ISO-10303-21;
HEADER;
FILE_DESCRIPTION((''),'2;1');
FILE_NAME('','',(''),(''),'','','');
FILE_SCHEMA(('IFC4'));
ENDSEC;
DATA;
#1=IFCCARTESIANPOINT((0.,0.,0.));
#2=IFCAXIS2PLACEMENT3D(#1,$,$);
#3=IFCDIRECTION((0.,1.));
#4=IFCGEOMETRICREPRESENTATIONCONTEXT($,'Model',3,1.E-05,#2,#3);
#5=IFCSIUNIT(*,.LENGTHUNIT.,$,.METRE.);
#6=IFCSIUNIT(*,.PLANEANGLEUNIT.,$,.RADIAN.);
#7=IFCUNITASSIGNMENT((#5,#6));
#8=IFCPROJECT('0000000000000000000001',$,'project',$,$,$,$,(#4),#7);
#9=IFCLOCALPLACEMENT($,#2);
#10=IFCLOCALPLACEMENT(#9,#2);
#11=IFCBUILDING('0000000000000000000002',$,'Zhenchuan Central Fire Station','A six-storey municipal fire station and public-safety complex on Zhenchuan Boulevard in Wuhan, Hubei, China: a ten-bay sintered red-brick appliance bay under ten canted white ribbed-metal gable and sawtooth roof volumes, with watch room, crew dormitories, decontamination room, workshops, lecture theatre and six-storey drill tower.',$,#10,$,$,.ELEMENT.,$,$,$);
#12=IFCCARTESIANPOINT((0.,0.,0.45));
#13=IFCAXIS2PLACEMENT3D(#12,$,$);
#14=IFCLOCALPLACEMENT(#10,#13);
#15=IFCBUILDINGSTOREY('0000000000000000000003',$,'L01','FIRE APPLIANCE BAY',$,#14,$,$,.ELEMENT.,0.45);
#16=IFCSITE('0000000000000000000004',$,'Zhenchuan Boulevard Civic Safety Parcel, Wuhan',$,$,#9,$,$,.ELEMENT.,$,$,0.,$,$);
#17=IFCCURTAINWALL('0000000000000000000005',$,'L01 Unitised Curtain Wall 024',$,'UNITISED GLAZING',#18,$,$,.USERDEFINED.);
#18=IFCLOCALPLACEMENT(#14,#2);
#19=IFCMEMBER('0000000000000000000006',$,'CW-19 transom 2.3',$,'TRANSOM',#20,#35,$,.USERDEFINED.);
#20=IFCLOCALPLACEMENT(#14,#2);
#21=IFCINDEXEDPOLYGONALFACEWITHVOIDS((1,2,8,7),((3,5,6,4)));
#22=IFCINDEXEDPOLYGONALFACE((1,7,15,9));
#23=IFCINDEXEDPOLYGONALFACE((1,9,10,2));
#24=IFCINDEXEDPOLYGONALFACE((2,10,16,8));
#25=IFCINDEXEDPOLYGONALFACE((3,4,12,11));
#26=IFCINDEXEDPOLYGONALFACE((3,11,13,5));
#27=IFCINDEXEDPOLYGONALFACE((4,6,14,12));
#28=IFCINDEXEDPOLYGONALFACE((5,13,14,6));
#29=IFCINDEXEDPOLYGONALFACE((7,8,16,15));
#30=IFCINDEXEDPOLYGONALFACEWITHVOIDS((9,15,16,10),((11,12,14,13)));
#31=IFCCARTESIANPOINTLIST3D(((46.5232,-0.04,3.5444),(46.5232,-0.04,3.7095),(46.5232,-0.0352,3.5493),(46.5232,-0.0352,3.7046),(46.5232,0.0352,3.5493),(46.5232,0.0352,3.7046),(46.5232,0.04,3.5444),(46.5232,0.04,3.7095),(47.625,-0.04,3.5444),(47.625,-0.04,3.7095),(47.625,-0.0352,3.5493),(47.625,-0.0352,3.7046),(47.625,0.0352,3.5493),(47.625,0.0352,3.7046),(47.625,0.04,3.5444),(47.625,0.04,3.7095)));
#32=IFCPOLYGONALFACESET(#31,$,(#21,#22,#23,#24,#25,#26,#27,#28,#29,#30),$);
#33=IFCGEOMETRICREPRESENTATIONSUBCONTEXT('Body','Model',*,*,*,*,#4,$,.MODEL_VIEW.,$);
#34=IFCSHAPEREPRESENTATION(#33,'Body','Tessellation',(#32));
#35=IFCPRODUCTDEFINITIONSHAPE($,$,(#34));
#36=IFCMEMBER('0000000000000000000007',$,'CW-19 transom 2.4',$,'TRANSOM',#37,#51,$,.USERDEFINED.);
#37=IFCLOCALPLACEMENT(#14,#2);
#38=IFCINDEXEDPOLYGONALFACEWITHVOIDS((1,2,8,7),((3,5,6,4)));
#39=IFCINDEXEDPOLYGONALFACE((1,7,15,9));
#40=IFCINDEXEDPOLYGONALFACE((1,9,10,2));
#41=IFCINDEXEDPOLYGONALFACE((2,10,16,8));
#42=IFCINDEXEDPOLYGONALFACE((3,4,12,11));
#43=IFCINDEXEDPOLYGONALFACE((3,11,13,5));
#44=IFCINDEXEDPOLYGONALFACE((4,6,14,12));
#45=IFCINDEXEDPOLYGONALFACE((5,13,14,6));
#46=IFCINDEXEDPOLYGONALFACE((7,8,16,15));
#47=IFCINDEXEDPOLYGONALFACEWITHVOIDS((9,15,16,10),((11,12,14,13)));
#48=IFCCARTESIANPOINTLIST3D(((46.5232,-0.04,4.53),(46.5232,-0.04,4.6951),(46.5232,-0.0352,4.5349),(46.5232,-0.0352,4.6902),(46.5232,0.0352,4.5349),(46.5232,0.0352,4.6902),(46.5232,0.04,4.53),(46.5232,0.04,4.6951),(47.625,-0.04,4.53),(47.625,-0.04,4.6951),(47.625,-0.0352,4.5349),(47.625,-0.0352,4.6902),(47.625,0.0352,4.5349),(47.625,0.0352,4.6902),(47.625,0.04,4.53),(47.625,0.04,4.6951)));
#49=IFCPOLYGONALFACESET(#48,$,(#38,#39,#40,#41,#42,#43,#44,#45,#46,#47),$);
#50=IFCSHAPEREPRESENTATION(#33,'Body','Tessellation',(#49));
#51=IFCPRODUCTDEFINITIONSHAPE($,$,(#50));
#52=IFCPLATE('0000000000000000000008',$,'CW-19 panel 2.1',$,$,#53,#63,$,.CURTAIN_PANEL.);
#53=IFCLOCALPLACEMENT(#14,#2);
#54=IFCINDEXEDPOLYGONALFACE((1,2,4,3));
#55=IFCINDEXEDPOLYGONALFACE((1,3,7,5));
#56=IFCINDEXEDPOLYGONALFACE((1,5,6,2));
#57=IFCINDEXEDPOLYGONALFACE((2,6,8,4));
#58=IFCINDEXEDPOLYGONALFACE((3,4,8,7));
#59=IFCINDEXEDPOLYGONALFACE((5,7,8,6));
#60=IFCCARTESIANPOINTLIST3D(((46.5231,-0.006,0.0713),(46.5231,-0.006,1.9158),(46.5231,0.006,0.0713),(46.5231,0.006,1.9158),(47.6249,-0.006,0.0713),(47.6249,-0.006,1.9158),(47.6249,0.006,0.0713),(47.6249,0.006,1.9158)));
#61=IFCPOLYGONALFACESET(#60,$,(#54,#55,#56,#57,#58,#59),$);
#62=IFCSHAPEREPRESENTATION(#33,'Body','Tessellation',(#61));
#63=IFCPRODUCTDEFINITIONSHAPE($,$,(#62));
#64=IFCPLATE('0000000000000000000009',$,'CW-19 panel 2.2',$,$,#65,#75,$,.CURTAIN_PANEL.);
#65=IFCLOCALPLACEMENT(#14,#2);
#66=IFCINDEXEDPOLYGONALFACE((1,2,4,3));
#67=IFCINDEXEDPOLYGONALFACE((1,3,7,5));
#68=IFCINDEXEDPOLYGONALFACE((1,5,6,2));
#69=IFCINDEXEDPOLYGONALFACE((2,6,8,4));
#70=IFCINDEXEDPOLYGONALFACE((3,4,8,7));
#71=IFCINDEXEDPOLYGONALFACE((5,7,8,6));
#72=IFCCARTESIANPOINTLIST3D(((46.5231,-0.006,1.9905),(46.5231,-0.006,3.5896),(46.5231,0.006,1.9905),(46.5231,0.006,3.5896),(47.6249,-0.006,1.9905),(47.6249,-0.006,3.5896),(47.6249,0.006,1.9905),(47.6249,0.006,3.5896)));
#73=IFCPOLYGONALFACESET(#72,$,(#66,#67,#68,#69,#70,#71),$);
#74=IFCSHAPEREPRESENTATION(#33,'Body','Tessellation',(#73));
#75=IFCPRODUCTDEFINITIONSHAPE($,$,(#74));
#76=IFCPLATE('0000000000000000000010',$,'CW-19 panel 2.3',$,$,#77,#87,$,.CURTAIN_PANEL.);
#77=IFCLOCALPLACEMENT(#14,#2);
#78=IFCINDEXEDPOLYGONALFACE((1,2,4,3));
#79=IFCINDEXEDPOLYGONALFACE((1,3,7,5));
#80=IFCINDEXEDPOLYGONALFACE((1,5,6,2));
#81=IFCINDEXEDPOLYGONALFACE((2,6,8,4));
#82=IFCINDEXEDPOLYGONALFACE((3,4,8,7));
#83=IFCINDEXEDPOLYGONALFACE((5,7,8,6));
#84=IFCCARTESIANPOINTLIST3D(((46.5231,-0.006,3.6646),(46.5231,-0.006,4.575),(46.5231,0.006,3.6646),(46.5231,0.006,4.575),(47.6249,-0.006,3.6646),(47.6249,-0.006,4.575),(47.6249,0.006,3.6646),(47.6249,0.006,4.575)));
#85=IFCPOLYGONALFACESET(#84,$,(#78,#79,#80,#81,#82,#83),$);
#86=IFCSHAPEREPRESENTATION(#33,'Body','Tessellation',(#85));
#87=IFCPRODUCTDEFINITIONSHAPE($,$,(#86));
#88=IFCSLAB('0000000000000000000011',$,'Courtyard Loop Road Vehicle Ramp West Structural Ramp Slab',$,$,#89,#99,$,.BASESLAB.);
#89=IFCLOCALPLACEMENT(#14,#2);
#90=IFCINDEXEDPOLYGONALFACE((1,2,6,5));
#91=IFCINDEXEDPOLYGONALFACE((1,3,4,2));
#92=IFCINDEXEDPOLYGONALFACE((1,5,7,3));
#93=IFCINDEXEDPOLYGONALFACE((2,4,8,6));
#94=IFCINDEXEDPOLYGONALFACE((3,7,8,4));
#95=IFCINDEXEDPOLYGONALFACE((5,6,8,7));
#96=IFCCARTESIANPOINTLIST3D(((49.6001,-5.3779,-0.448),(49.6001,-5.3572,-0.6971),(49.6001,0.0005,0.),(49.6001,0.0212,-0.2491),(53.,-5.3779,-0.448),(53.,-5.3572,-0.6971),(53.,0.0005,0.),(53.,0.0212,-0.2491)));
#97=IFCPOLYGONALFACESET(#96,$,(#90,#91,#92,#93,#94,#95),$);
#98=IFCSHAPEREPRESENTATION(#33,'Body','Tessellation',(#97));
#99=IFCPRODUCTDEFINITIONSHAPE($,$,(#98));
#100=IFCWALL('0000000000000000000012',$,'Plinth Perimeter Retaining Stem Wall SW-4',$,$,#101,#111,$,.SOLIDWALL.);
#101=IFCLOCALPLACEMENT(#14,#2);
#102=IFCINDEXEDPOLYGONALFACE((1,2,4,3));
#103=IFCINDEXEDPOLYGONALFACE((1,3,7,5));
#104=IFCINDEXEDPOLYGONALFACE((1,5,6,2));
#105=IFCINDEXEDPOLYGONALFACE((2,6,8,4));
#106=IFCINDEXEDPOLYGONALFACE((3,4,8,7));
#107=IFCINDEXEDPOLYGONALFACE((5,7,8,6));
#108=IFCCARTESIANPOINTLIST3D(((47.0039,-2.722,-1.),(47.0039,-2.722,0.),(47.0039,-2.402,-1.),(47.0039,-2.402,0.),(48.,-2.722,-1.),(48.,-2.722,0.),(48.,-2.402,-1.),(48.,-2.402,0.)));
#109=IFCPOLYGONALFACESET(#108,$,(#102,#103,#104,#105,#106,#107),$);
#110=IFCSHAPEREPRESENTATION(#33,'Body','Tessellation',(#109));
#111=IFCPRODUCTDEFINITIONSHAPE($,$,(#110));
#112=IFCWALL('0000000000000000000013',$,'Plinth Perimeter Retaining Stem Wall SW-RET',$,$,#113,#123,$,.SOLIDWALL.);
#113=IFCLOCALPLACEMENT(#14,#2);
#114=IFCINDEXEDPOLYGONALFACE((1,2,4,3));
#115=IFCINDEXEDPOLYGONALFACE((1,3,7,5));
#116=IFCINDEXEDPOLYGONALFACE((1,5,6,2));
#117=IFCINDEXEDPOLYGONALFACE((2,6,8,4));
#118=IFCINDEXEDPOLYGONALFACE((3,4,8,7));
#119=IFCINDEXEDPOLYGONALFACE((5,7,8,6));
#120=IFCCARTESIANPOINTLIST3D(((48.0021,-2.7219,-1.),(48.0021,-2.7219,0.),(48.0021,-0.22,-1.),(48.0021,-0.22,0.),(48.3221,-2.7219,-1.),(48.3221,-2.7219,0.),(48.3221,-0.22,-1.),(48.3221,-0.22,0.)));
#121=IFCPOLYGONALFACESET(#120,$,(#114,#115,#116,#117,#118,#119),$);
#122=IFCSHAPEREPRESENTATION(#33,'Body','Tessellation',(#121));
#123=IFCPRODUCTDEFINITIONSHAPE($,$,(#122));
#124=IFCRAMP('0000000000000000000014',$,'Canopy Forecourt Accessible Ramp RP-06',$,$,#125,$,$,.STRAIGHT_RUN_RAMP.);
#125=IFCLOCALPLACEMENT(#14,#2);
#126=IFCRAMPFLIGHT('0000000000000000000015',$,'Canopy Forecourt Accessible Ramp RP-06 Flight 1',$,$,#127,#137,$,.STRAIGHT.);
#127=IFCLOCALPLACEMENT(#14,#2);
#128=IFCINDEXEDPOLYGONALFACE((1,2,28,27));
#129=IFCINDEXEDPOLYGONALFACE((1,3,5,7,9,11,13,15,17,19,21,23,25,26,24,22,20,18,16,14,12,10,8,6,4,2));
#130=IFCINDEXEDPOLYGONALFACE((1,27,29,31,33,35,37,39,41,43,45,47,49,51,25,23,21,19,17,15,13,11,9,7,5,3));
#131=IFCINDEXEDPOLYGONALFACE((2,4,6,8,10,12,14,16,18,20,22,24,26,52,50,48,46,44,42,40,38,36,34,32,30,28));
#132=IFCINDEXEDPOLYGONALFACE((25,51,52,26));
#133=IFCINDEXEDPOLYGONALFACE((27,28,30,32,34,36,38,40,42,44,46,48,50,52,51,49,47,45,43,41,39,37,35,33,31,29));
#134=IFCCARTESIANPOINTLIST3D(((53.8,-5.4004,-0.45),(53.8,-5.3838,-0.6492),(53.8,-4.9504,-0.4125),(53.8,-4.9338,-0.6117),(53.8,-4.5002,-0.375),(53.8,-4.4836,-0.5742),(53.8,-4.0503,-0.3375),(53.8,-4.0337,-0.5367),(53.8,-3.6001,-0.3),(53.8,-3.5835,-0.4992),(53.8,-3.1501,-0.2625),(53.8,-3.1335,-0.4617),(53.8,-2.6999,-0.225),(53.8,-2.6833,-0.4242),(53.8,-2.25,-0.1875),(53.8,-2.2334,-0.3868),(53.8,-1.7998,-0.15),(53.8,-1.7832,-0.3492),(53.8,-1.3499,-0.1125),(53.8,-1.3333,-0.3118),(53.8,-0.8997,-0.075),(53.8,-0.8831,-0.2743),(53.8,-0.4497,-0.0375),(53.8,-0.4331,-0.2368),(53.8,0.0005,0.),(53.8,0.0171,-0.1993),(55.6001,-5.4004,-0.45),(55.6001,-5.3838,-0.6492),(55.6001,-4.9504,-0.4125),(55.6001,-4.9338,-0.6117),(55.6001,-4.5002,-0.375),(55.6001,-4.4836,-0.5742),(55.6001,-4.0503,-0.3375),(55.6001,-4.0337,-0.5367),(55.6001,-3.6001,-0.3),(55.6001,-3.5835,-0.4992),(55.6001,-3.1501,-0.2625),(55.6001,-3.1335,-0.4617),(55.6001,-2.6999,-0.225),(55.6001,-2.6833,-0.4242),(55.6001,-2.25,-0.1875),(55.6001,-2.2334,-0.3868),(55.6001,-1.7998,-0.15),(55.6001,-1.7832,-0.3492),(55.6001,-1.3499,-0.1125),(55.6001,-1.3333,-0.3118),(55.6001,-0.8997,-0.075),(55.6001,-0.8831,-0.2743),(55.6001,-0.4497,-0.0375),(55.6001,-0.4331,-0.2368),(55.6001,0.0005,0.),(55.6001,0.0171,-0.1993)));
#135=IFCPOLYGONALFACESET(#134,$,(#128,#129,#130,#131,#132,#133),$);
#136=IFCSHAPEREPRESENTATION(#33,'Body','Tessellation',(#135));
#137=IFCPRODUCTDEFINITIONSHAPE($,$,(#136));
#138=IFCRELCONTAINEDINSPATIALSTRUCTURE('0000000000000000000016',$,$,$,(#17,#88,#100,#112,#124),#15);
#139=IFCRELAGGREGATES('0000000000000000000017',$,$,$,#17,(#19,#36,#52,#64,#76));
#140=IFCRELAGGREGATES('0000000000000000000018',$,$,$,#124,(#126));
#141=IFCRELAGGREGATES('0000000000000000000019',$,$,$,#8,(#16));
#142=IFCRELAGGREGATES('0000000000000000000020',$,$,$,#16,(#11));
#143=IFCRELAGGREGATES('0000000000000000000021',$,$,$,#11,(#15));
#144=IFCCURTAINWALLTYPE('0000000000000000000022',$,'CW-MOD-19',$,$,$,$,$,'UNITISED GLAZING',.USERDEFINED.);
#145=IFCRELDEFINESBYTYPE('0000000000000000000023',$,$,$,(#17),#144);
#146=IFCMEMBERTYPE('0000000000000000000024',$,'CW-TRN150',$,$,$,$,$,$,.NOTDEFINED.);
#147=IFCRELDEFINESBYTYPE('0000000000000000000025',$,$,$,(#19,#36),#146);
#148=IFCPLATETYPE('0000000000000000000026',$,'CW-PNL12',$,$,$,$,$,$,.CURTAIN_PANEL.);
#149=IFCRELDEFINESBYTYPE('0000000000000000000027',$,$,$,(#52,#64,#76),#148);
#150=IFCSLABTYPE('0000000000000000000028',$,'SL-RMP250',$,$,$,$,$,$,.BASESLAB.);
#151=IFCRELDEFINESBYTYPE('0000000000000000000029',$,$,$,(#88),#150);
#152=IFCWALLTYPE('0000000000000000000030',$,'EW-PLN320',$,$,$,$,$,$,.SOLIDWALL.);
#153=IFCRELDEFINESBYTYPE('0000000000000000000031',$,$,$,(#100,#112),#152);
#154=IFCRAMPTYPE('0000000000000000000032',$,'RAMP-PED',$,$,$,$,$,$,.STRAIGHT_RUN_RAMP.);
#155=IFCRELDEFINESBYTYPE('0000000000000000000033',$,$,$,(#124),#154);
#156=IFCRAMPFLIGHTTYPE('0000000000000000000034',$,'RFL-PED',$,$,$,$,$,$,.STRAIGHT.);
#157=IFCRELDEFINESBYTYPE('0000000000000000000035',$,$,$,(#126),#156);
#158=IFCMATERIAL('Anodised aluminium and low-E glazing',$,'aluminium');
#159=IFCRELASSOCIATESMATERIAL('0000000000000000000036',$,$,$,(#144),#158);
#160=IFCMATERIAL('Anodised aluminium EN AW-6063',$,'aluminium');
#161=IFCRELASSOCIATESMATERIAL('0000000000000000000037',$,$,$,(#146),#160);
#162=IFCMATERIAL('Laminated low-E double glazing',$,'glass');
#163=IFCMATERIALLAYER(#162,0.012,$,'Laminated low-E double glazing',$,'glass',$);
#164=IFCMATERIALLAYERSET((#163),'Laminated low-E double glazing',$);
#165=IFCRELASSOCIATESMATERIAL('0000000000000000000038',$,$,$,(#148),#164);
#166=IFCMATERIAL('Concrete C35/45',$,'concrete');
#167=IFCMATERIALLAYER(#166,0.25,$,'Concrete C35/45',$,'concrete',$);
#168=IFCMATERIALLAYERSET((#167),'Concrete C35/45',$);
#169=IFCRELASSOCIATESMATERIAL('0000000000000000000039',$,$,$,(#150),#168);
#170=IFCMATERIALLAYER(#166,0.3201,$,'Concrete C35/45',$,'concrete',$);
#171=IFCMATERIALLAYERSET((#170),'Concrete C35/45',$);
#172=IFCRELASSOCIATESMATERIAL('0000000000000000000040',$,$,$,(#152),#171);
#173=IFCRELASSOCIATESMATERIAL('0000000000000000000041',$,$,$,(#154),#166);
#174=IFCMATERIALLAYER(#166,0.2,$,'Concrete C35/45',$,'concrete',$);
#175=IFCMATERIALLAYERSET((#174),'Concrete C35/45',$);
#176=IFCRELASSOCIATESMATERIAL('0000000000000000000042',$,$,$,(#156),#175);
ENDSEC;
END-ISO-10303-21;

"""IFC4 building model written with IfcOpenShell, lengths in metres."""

from ifc_helpers import new_model, si_unit, direction, frame, frame_2d, origin, origin_2d, place, context, subcontext, project, spatial, polyline, rectangle, hollow_rectangle, outline, extrude, material, layer, layer_set, material_profile, profile_set, type_object, element, aggregate, save


model = new_model("IFC4")

# Units and contexts
model_context = context("Model", 3, precision=1e-05, world=origin(), true_north=direction((0.0, 1.0)))
body_context = subcontext(model_context, "Body", "Model", "MODEL_VIEW")
ifc_project = project(units=[si_unit("LENGTHUNIT", "METRE"), si_unit("PLANEANGLEUNIT", "RADIAN")], contexts=[model_context])

# Site, building, storey
site_placement = place(None, origin())
site = spatial("IfcSite", under=ifc_project, at=site_placement, Name="Zhenchuan Boulevard Civic Safety Parcel, Wuhan", CompositionType="ELEMENT", RefElevation=0.0)
building_placement = place(site_placement, origin())
building = spatial("IfcBuilding", under=site, at=building_placement, Name="Zhenchuan Central Fire Station", Description="A six-storey municipal fire station and public-safety complex on Zhenchuan Boulevard in Wuhan, Hubei, China: a ten-bay sintered red-brick appliance bay under ten canted white ribbed-metal gable and sawtooth roof volumes, with watch room, crew dormitories, decontamination room, workshops, lecture theatre and six-storey drill tower.", CompositionType="ELEMENT")
storey_placement = place(building_placement, frame((0.0, 0.0, 0.45)))
storey = spatial("IfcBuildingStorey", under=building, at=storey_placement, Name="L01", Description="FIRE APPLIANCE BAY", CompositionType="ELEMENT", Elevation=0.45)

# Shared definitions
ifc_material_1 = material(Name="Concrete C35/45", Category="concrete")

# Curtain wall, members, plates
ifc_material_2 = material(Name="Anodised aluminium and low-E glazing", Category="aluminium")
curtain_wall_type = type_object("IfcCurtainWallType", Name="CW-MOD-19", ElementType="UNITISED GLAZING", PredefinedType="USERDEFINED", material=ifc_material_2)
curtain_wall_placement = place(storey_placement, origin())
curtain_wall = element("IfcCurtainWall", 1, at=curtain_wall_placement, inside=storey, type_object=curtain_wall_type, Name="L01 Unitised Curtain Wall 024", ObjectType="UNITISED GLAZING", PredefinedType="USERDEFINED")
ifc_material_3 = material(Name="Anodised aluminium EN AW-6063", Category="aluminium")
ifc_material_profile_1 = material_profile(ifc_material_3, hollow_rectangle(XDim=0.0801, YDim=0.165, WallThickness=0.0049, at=origin_2d()), Name="ALU-T 165x80")
ifc_profile_set_1 = profile_set([ifc_material_profile_1], Name="Anodised aluminium EN AW-6063")
member_type_1 = type_object("IfcMemberType", Name="CW-TRN150", PredefinedType="NOTDEFINED", material=ifc_profile_set_1)
member_1_placement = place(storey_placement, frame((46.5232, 0.0, 3.627), z_axis=(1.0, 0.0, 0.0), x_axis=(0.0, 1.0, 0.0)))
member_1 = element("IfcMember", 2, at=member_1_placement, type_object=member_type_1, Name="CW-19 transom 2.3", ObjectType="TRANSOM", PredefinedType="USERDEFINED", context=body_context, shape_type="SweptSolid", body=[
    extrude(hollow_rectangle(XDim=0.0801, YDim=0.165, WallThickness=0.0049, at=origin_2d()), origin(), (0.0, 0.0, 1.0), 1.1018),
])
member_2_placement = place(storey_placement, frame((46.5232, 0.0, 4.6125), z_axis=(1.0, 0.0, 0.0), x_axis=(0.0, 1.0, 0.0)))
member_2 = element("IfcMember", 3, at=member_2_placement, type_object=member_type_1, Name="CW-19 transom 2.4", ObjectType="TRANSOM", PredefinedType="USERDEFINED", context=body_context, shape_type="SweptSolid", body=[
    extrude(hollow_rectangle(XDim=0.0801, YDim=0.165, WallThickness=0.0049, at=origin_2d()), origin(), (0.0, 0.0, 1.0), 1.1018),
])
ifc_material_4 = material(Name="Laminated low-E double glazing", Category="glass")
ifc_layer_1 = layer(ifc_material_4, 0.012, Name="Laminated low-E double glazing", Category="glass")
ifc_layer_set_1 = layer_set([ifc_layer_1], Name="Laminated low-E double glazing")
plate_type = type_object("IfcPlateType", Name="CW-PNL12", PredefinedType="CURTAIN_PANEL", material=ifc_layer_set_1)
plate_1_placement = place(storey_placement, frame((47.074, 0.0, 0.0713), z_axis=(0.0, 0.0, 1.0), x_axis=(1.0, 0.0, 0.0)))
plate_1 = element("IfcPlate", 4, at=plate_1_placement, type_object=plate_type, Name="CW-19 panel 2.1", PredefinedType="CURTAIN_PANEL", context=body_context, shape_type="SweptSolid", body=[
    extrude(rectangle(XDim=1.1018, YDim=0.012, at=origin_2d()), origin(), (0.0, 0.0, 1.0), 1.8445),
])
plate_2_placement = place(storey_placement, frame((47.074, 0.0, 1.9905), z_axis=(0.0, 0.0, 1.0), x_axis=(1.0, 0.0, 0.0)))
plate_2 = element("IfcPlate", 5, at=plate_2_placement, type_object=plate_type, Name="CW-19 panel 2.2", PredefinedType="CURTAIN_PANEL", context=body_context, shape_type="SweptSolid", body=[
    extrude(rectangle(XDim=1.1018, YDim=0.012, at=origin_2d()), origin(), (0.0, 0.0, 1.0), 1.5991),
])
plate_3_placement = place(storey_placement, frame((47.074, 0.0, 3.6646), z_axis=(0.0, 0.0, 1.0), x_axis=(1.0, 0.0, 0.0)))
plate_3 = element("IfcPlate", 6, at=plate_3_placement, type_object=plate_type, Name="CW-19 panel 2.3", PredefinedType="CURTAIN_PANEL", context=body_context, shape_type="SweptSolid", body=[
    extrude(rectangle(XDim=1.1018, YDim=0.012, at=origin_2d()), origin(), (0.0, 0.0, 1.0), 0.9104),
])
aggregate(curtain_wall, [member_1, member_2, plate_1, plate_2, plate_3])

# Slab
ifc_layer_2 = layer(ifc_material_1, 0.25, Name="Concrete C35/45", Category="concrete")
ifc_layer_set_2 = layer_set([ifc_layer_2], Name="Concrete C35/45")
slab_type = type_object("IfcSlabType", Name="SL-RMP250", PredefinedType="BASESLAB", material=ifc_layer_set_2)
slab_placement = place(storey_placement, frame((49.6001, -5.3779, -0.448), z_axis=(0.0, -0.083008, 0.996549), x_axis=(1.0, 0.0, 0.0)))
element("IfcSlab", 7, at=slab_placement, inside=storey, type_object=slab_type, Name="Courtyard Loop Road Vehicle Ramp West Structural Ramp Slab", PredefinedType="BASESLAB", context=body_context, shape_type="SweptSolid", body=[
    extrude(outline(polyline([(0.0, 0.0), (3.3999, 0.0), (3.3999, 5.397), (0.0, 5.397), (0.0, 0.0)])), origin(), (0.0, 0.0, -1.0), 0.25),
])

# Walls
ifc_layer_3 = layer(ifc_material_1, 0.3201, Name="Concrete C35/45", Category="concrete")
ifc_layer_set_3 = layer_set([ifc_layer_3], Name="Concrete C35/45")
wall_type = type_object("IfcWallType", Name="EW-PLN320", PredefinedType="SOLIDWALL", material=ifc_layer_set_3)
wall_1_placement = place(storey_placement, frame((47.0039, -2.562, -1.0), z_axis=(0.0, 0.0, 1.0), x_axis=(1.0, 0.0, 0.0)))
element("IfcWall", 8, at=wall_1_placement, inside=storey, type_object=wall_type, Name="Plinth Perimeter Retaining Stem Wall SW-4", PredefinedType="SOLIDWALL", context=body_context, shape_type="SweptSolid", body=[
    extrude(rectangle(XDim=0.9961, YDim=0.3201, at=frame_2d((0.498, 0.0))), origin(), (0.0, 0.0, 1.0), 1.0),
])
wall_2_placement = place(storey_placement, frame((48.1621, -2.7219, -1.0), z_axis=(0.0, 0.0, 1.0), x_axis=(0.0, 1.0, 0.0)))
element("IfcWall", 9, at=wall_2_placement, inside=storey, type_object=wall_type, Name="Plinth Perimeter Retaining Stem Wall SW-RET", PredefinedType="SOLIDWALL", context=body_context, shape_type="SweptSolid", body=[
    extrude(rectangle(XDim=2.502, YDim=0.3201, at=frame_2d((1.251, 0.0))), origin(), (0.0, 0.0, 1.0), 1.0),
])

# Ramp, ramp flight
ramp_type = type_object("IfcRampType", Name="RAMP-PED", PredefinedType="STRAIGHT_RUN_RAMP", material=ifc_material_1)
ramp_placement = place(storey_placement, origin())
ramp = element("IfcRamp", 10, at=ramp_placement, inside=storey, type_object=ramp_type, Name="Canopy Forecourt Accessible Ramp RP-06", PredefinedType="STRAIGHT_RUN_RAMP")
ifc_layer_4 = layer(ifc_material_1, 0.2, Name="Concrete C35/45", Category="concrete")
ifc_layer_set_4 = layer_set([ifc_layer_4], Name="Concrete C35/45")
ramp_flight_type = type_object("IfcRampFlightType", Name="RFL-PED", PredefinedType="STRAIGHT", material=ifc_layer_set_4)
ramp_flight_placement = place(storey_placement, frame((53.8, -5.4004, -0.45), z_axis=(0.0, -0.083023, 0.996548), x_axis=(0.0, 0.996548, 0.083023)))
ramp_flight = element("IfcRampFlight", 11, at=ramp_flight_placement, type_object=ramp_flight_type, Name="Canopy Forecourt Accessible Ramp RP-06 Flight 1", PredefinedType="STRAIGHT", context=body_context, shape_type="SweptSolid", body=[
    extrude(outline(polyline([(0.0, 0.0), (0.4515, 0.0), (0.9033, 0.0), (1.3548, 0.0), (1.8065, 0.0), (2.258, 0.0), (2.7098, 0.0), (3.1613, 0.0), (3.6131, 0.0), (4.0646, 0.0), (4.5163, 0.0), (4.9678, 0.0), (5.4196, 0.0), (5.4196, -1.8), (4.9678, -1.8), (4.5163, -1.8), (4.0646, -1.8), (3.6131, -1.8), (3.1613, -1.8), (2.7098, -1.8), (2.258, -1.8), (1.8065, -1.8), (1.3548, -1.8), (0.9033, -1.8), (0.4515, -1.8), (0.0, -1.8), (0.0, 0.0)])), origin(), (0.0, 0.0, -1.0), 0.2),
])
aggregate(ramp, [ramp_flight])

save(model, "model.ifc")
